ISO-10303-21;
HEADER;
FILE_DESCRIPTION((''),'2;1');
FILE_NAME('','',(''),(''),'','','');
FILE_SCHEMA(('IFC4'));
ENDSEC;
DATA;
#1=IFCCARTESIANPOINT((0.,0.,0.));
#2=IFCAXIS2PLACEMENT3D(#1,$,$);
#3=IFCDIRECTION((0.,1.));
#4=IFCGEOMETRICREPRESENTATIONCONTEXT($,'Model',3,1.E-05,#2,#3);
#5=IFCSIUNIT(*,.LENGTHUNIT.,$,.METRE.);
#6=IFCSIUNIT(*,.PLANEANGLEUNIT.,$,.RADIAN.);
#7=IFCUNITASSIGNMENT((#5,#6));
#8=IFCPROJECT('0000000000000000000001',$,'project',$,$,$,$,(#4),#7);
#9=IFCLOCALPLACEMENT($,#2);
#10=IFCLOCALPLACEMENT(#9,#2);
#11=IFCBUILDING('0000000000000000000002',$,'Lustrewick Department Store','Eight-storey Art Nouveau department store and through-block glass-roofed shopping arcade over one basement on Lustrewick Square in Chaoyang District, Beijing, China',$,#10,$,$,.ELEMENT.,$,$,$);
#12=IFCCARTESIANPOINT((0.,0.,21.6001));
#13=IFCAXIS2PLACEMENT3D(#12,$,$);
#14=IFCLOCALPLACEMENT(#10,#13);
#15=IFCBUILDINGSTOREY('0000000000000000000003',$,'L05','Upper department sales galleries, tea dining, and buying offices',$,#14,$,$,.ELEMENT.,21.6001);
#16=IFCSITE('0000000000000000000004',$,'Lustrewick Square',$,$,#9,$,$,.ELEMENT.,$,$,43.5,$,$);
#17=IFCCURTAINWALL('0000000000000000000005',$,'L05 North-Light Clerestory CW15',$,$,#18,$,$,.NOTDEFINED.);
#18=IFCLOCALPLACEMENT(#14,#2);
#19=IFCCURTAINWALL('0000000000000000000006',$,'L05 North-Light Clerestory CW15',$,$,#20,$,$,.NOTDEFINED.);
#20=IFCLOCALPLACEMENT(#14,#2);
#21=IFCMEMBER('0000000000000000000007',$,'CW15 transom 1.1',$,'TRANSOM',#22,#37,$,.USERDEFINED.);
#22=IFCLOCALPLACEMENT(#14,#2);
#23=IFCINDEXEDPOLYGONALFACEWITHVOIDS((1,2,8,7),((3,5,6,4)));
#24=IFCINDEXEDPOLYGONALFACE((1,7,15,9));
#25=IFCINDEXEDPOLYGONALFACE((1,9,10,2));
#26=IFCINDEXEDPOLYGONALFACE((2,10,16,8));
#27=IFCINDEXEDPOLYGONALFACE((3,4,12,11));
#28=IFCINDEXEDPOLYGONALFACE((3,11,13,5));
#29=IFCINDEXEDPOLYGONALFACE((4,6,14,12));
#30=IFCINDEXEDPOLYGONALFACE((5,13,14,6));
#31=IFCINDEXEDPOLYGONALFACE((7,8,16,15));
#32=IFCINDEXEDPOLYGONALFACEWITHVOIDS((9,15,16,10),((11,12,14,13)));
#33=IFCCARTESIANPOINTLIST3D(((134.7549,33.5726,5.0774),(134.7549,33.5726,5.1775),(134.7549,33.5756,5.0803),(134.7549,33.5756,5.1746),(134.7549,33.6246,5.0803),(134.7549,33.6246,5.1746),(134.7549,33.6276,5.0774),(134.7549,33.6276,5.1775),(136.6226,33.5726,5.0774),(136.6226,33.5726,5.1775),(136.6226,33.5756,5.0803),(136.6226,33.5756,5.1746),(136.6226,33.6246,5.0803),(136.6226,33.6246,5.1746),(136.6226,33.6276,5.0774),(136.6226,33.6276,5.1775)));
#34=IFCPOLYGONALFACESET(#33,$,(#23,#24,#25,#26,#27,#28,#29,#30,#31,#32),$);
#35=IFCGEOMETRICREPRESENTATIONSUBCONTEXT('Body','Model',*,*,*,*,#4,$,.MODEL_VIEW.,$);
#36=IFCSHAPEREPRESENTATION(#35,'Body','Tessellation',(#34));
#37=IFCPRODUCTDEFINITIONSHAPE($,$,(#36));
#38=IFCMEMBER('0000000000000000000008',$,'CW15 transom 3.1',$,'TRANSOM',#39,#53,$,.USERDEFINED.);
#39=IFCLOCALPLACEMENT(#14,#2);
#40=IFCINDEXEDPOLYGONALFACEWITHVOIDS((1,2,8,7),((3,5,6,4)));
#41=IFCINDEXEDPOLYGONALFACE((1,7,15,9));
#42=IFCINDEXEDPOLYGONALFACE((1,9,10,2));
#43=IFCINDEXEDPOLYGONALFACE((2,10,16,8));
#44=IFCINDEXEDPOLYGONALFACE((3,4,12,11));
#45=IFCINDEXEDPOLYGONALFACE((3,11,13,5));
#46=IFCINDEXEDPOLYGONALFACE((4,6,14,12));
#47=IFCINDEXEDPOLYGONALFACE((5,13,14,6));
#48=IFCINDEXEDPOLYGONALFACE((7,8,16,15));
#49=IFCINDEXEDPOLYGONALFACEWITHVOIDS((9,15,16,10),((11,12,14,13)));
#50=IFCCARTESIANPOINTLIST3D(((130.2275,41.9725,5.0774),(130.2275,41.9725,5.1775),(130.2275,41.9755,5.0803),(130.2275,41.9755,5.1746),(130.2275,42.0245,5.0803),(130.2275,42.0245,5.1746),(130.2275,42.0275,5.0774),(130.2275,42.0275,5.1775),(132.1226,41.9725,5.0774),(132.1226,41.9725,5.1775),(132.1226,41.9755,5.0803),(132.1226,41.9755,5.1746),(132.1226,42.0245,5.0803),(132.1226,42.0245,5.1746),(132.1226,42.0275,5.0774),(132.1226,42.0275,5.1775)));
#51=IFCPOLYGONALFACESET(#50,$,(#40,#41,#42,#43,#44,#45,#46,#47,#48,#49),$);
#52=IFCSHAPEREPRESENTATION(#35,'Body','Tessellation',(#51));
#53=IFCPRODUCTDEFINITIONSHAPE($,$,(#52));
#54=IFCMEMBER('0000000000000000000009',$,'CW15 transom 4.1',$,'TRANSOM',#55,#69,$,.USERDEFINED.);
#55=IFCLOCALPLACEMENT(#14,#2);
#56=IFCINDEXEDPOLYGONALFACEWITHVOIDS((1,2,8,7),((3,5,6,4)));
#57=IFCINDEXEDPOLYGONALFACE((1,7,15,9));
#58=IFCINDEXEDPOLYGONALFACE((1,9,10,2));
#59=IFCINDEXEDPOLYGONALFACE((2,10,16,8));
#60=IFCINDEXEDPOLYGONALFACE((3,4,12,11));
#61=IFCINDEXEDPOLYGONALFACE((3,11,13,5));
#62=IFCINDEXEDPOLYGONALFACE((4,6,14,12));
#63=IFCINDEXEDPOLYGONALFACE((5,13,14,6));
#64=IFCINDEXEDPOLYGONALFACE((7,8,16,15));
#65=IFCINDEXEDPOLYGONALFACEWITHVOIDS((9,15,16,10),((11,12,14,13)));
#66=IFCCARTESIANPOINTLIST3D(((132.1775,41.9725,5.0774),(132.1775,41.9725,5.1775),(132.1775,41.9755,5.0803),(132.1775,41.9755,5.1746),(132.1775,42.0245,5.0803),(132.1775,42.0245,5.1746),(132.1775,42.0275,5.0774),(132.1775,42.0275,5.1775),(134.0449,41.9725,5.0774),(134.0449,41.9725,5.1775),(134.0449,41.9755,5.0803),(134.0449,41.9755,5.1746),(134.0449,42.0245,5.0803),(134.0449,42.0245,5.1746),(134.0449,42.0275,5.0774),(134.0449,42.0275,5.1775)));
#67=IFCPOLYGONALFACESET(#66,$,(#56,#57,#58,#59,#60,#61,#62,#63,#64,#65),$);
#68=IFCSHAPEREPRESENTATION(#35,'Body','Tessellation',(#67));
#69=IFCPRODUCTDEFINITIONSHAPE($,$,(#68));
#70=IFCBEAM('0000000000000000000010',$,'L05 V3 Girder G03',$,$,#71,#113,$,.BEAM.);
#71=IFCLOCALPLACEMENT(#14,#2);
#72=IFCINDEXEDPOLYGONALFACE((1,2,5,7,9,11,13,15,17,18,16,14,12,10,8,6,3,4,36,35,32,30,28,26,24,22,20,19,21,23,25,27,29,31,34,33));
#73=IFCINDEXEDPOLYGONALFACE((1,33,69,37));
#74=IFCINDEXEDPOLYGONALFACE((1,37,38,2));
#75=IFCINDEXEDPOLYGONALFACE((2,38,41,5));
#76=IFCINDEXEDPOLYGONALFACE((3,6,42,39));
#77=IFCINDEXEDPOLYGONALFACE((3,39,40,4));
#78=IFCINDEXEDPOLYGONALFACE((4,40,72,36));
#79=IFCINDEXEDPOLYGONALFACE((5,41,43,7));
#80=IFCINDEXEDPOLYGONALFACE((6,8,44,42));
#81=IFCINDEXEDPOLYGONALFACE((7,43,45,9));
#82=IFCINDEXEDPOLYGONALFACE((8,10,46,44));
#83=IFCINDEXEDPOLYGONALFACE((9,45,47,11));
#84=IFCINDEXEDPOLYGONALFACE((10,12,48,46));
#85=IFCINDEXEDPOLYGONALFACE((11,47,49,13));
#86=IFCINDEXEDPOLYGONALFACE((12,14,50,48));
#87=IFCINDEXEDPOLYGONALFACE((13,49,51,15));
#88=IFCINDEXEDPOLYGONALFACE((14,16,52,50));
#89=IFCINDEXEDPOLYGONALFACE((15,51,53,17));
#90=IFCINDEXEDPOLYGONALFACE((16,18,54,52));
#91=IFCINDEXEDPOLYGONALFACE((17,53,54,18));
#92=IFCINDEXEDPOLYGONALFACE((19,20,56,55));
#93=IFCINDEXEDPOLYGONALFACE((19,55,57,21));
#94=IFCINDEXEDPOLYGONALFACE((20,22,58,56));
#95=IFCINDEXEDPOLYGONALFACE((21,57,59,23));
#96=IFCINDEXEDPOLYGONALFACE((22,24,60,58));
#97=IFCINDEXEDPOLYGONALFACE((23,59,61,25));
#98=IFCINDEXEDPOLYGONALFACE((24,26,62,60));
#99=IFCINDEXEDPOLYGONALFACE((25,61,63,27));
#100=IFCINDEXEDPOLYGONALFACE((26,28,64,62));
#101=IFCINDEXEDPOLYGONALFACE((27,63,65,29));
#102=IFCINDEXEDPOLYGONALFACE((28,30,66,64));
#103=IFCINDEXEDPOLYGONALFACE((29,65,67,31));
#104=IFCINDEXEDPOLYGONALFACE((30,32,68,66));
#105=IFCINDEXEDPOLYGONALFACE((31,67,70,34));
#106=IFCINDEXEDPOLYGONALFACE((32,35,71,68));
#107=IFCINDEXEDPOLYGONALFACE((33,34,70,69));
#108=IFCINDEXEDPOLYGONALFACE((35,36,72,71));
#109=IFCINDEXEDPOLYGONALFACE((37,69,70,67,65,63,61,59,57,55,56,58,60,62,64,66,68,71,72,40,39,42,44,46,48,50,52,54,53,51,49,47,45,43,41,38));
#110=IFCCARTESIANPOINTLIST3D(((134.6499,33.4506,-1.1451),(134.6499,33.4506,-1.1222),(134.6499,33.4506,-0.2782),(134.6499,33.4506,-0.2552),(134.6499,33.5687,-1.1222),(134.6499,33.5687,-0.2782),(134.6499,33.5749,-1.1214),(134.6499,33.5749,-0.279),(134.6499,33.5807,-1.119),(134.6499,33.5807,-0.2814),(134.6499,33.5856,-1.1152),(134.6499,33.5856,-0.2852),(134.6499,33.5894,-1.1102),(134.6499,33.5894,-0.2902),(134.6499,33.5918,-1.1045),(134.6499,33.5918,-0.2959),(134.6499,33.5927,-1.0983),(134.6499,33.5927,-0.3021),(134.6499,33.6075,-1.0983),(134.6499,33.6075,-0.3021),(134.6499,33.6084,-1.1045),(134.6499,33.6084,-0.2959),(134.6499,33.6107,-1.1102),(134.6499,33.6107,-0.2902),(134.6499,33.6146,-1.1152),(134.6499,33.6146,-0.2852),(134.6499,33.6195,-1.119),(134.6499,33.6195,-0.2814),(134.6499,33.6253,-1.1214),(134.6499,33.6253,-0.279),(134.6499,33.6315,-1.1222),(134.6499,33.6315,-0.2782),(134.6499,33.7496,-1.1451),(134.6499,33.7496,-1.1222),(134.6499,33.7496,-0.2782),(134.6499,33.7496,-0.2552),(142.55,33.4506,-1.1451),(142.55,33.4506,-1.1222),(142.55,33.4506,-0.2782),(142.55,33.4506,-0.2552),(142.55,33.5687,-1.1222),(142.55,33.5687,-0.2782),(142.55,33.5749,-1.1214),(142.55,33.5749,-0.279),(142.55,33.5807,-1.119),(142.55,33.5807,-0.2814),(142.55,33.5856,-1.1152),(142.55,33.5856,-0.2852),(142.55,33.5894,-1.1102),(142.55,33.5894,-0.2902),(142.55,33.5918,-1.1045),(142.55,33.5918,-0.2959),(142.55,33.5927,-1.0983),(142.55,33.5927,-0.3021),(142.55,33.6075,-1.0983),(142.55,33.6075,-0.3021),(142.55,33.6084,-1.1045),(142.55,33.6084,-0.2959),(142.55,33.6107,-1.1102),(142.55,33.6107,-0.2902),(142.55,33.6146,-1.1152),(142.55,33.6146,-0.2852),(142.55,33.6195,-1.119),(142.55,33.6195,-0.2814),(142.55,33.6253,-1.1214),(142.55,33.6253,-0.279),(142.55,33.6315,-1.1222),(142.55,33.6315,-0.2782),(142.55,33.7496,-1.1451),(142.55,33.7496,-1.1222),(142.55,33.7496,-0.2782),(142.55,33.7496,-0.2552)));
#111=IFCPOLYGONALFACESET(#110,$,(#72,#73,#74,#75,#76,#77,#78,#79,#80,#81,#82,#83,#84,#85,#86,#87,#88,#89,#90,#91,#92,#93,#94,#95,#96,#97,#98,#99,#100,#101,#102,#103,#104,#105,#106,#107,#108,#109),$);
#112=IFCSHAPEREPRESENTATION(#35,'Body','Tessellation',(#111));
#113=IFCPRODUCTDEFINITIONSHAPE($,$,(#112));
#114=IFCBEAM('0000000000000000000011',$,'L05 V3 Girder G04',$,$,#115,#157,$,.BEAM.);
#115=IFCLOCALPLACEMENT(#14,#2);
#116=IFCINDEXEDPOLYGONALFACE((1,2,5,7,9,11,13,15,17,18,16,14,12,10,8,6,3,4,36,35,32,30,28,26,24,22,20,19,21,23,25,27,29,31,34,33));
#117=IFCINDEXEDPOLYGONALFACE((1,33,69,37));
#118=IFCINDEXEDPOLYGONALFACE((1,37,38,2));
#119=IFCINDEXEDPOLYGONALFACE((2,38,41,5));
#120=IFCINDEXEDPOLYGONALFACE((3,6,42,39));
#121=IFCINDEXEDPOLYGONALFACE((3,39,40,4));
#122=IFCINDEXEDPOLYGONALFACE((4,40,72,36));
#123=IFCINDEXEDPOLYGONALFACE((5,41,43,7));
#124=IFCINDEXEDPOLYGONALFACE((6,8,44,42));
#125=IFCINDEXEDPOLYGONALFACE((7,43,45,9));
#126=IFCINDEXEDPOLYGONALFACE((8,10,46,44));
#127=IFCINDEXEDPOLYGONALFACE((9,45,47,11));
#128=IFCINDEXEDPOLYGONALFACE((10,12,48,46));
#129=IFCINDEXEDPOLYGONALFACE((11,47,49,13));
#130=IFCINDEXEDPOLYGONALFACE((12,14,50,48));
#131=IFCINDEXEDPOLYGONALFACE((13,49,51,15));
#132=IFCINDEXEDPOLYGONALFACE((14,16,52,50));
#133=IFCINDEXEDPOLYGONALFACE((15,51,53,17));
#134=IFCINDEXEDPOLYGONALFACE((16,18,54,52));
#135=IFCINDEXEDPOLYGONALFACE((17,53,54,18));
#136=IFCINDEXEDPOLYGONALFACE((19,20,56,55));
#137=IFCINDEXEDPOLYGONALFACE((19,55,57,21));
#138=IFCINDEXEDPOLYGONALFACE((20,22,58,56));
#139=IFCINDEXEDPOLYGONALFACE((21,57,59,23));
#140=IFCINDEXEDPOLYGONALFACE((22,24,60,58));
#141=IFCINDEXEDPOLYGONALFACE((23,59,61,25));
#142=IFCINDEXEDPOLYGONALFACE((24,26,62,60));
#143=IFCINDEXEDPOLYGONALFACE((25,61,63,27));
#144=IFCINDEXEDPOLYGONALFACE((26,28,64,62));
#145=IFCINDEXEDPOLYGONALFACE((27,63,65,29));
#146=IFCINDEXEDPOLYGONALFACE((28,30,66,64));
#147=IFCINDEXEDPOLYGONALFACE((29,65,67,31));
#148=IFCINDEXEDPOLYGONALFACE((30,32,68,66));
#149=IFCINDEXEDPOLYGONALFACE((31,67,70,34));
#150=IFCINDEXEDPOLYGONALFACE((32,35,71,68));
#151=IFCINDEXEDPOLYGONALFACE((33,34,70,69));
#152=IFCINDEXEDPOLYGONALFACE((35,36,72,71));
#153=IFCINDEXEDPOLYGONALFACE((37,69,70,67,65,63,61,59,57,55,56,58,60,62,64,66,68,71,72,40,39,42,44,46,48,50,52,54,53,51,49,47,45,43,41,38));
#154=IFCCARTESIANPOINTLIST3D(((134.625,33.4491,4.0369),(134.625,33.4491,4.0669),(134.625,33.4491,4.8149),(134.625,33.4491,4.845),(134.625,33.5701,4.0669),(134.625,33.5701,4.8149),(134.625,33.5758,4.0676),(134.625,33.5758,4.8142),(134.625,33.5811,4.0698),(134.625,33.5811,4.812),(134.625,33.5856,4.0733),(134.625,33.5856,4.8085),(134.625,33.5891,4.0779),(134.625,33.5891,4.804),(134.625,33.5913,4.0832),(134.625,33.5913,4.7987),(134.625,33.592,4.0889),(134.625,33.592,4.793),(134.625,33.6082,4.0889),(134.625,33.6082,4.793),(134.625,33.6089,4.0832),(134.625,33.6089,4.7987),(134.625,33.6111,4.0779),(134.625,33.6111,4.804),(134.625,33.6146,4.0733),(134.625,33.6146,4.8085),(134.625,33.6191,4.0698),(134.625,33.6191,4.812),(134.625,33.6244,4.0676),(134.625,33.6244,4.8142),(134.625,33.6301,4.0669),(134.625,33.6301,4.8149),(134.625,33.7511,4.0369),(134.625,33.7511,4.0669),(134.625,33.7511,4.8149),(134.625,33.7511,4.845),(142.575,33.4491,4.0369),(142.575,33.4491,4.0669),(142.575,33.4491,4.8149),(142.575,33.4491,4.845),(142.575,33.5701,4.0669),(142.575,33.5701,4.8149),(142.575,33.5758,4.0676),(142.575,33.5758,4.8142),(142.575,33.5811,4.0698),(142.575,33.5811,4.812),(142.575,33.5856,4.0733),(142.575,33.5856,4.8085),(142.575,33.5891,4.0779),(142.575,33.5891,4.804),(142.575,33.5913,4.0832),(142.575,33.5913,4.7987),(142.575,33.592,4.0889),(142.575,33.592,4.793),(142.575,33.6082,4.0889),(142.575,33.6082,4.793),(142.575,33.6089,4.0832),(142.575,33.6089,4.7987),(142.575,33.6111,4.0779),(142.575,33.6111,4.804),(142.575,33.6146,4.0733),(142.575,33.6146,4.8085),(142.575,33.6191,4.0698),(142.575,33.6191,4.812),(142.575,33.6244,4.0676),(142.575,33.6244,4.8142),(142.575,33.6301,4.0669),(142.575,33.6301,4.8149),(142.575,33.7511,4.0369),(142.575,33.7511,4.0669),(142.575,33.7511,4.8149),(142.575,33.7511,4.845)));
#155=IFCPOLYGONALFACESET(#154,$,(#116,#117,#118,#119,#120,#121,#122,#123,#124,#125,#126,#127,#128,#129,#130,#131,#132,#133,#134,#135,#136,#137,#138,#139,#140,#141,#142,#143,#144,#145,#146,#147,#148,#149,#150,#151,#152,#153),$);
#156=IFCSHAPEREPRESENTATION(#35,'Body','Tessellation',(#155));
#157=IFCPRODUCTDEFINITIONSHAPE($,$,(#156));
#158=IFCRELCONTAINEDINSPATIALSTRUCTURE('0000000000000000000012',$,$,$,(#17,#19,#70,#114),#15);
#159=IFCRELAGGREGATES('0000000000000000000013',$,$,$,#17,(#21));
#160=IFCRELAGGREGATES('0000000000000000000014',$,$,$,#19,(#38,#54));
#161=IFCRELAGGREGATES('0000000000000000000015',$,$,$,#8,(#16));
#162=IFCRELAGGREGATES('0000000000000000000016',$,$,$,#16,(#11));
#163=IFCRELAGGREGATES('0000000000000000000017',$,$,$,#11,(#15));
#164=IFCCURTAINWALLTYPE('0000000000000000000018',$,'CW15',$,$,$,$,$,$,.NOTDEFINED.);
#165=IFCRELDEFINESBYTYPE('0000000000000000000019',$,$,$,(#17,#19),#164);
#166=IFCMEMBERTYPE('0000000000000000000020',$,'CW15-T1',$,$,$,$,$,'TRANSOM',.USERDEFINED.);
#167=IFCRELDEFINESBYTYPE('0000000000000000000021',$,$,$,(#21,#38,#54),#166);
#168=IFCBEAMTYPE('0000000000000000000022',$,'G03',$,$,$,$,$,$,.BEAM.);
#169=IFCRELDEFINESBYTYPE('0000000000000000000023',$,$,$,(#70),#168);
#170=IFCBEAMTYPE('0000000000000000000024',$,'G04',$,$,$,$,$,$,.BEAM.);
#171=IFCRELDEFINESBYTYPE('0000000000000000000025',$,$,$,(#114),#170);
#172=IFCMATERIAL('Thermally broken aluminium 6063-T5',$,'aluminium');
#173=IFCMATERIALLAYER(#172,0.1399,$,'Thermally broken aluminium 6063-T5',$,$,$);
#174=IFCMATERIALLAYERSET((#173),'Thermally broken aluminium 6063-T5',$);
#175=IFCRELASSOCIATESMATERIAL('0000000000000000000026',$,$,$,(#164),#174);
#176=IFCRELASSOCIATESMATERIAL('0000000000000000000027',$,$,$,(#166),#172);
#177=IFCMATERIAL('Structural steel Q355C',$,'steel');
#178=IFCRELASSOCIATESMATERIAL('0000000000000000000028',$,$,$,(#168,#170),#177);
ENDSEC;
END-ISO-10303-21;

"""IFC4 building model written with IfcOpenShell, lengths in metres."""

from ifc_helpers import new_model, si_unit, direction, frame, origin, origin_2d, place, context, subcontext, project, spatial, hollow_rectangle, i_section, extrude, material, layer, layer_set, material_profile, profile_set, type_object, element, aggregate, save


model = new_model("IFC4")

# Units and contexts
model_context = context("Model", 3, precision=1e-05, world=origin(), true_north=direction((0.0, 1.0)))
body_context = subcontext(model_context, "Body", "Model", "MODEL_VIEW")
ifc_project = project(units=[si_unit("LENGTHUNIT", "METRE"), si_unit("PLANEANGLEUNIT", "RADIAN")], contexts=[model_context])

# Site, building, storey
site_placement = place(None, origin())
site = spatial("IfcSite", under=ifc_project, at=site_placement, Name="Lustrewick Square", CompositionType="ELEMENT", RefElevation=43.5)
building_placement = place(site_placement, origin())
building = spatial("IfcBuilding", under=site, at=building_placement, Name="Lustrewick Department Store", Description="Eight-storey Art Nouveau department store and through-block glass-roofed shopping arcade over one basement on Lustrewick Square in Chaoyang District, Beijing, China", CompositionType="ELEMENT")
storey_placement = place(building_placement, frame((0.0, 0.0, 21.6001)))
storey = spatial("IfcBuildingStorey", under=building, at=storey_placement, Name="L05", Description="Upper department sales galleries, tea dining, and buying offices", CompositionType="ELEMENT", Elevation=21.6001)

# Curtain wall
ifc_material_1 = material(Name="Thermally broken aluminium 6063-T5", Category="aluminium")
ifc_layer = layer(ifc_material_1, 0.1399, Name="Thermally broken aluminium 6063-T5")
ifc_layer_set = layer_set([ifc_layer], Name="Thermally broken aluminium 6063-T5")
curtain_wall_type = type_object("IfcCurtainWallType", Name="CW15", PredefinedType="NOTDEFINED", material=ifc_layer_set)
curtain_wall_1_placement = place(storey_placement, origin())
curtain_wall_1 = element("IfcCurtainWall", 1, at=curtain_wall_1_placement, inside=storey, type_object=curtain_wall_type, Name="L05 North-Light Clerestory CW15", PredefinedType="NOTDEFINED")

# Curtain wall
curtain_wall_2_placement = place(storey_placement, origin())
curtain_wall_2 = element("IfcCurtainWall", 2, at=curtain_wall_2_placement, inside=storey, type_object=curtain_wall_type, Name="L05 North-Light Clerestory CW15", PredefinedType="NOTDEFINED")

# Members
ifc_material_profile_1 = material_profile(ifc_material_1, hollow_rectangle(XDim=0.0549, YDim=0.1001, WallThickness=0.0029, at=origin_2d()), Name="ALU-T 55x100x3")
ifc_profile_set_1 = profile_set([ifc_material_profile_1], Name="Thermally broken aluminium 6063-T5")
member_type_1 = type_object("IfcMemberType", Name="CW15-T1", ElementType="TRANSOM", PredefinedType="USERDEFINED", material=ifc_profile_set_1)
member_1_placement = place(storey_placement, frame((134.7549, 33.6001, 5.1274), z_axis=(1.0, 0.0, 0.0), x_axis=(0.0, 1.0, 0.0)))
member_1 = element("IfcMember", 3, at=member_1_placement, type_object=member_type_1, Name="CW15 transom 1.1", ObjectType="TRANSOM", PredefinedType="USERDEFINED", context=body_context, shape_type="SweptSolid", body=[
    extrude(hollow_rectangle(XDim=0.0549, YDim=0.1001, WallThickness=0.0029, at=origin_2d()), origin(), (0.0, 0.0, 1.0), 1.8677),
])
aggregate(curtain_wall_1, [member_1])
member_2_placement = place(storey_placement, frame((130.2275, 42.0, 5.1274), z_axis=(1.0, 0.0, 0.0), x_axis=(0.0, 1.0, 0.0)))
member_2 = element("IfcMember", 4, at=member_2_placement, type_object=member_type_1, Name="CW15 transom 3.1", ObjectType="TRANSOM", PredefinedType="USERDEFINED", context=body_context, shape_type="SweptSolid", body=[
    extrude(hollow_rectangle(XDim=0.0549, YDim=0.1001, WallThickness=0.0029, at=origin_2d()), origin(), (0.0, 0.0, 1.0), 1.895),
])
member_3_placement = place(storey_placement, frame((132.1775, 42.0, 5.1274), z_axis=(1.0, 0.0, 0.0), x_axis=(0.0, 1.0, 0.0)))
member_3 = element("IfcMember", 5, at=member_3_placement, type_object=member_type_1, Name="CW15 transom 4.1", ObjectType="TRANSOM", PredefinedType="USERDEFINED", context=body_context, shape_type="SweptSolid", body=[
    extrude(hollow_rectangle(XDim=0.0549, YDim=0.1001, WallThickness=0.0029, at=origin_2d()), origin(), (0.0, 0.0, 1.0), 1.8674),
])
aggregate(curtain_wall_2, [member_2, member_3])

# Beams
ifc_material_2 = material(Name="Structural steel Q355C", Category="steel")
ifc_material_profile_2 = material_profile(ifc_material_2, i_section(OverallWidth=0.2991, OverallDepth=0.8899, WebThickness=0.0149, FlangeThickness=0.0229, FilletRadius=0.0239, at=origin_2d()), Name="HN 890x299x15x23")
ifc_profile_set_2 = profile_set([ifc_material_profile_2], Name="Structural steel Q355C")
beam_type_1 = type_object("IfcBeamType", Name="G03", PredefinedType="BEAM", material=ifc_profile_set_2)
beam_1_placement = place(storey_placement, frame((134.6499, 33.6001, -0.7002), z_axis=(1.0, 0.0, 0.0), x_axis=(0.0, 1.0, 0.0)))
element("IfcBeam", 6, at=beam_1_placement, inside=storey, type_object=beam_type_1, Name="L05 V3 Girder G03", PredefinedType="BEAM", context=body_context, shape_type="SweptSolid", body=[
    extrude(i_section(OverallWidth=0.2991, OverallDepth=0.8899, WebThickness=0.0149, FlangeThickness=0.0229, FilletRadius=0.0239, at=origin_2d()), origin(), (0.0, 0.0, 1.0), 7.9001),
])
ifc_material_profile_3 = material_profile(ifc_material_2, i_section(OverallWidth=0.302, OverallDepth=0.8081, WebThickness=0.0161, FlangeThickness=0.03, FilletRadius=0.022, at=origin_2d()), Name="HN 808x302x16x30")
ifc_profile_set_3 = profile_set([ifc_material_profile_3], Name="Structural steel Q355C")
beam_type_2 = type_object("IfcBeamType", Name="G04", PredefinedType="BEAM", material=ifc_profile_set_3)
beam_2_placement = place(storey_placement, frame((134.625, 33.6001, 4.4409), z_axis=(1.0, 0.0, 0.0), x_axis=(0.0, 1.0, 0.0)))
element("IfcBeam", 7, at=beam_2_placement, inside=storey, type_object=beam_type_2, Name="L05 V3 Girder G04", PredefinedType="BEAM", context=body_context, shape_type="SweptSolid", body=[
    extrude(i_section(OverallWidth=0.302, OverallDepth=0.8081, WebThickness=0.0161, FlangeThickness=0.03, FilletRadius=0.022, at=origin_2d()), origin(), (0.0, 0.0, 1.0), 7.95),
])

save(model, "model.ifc")
